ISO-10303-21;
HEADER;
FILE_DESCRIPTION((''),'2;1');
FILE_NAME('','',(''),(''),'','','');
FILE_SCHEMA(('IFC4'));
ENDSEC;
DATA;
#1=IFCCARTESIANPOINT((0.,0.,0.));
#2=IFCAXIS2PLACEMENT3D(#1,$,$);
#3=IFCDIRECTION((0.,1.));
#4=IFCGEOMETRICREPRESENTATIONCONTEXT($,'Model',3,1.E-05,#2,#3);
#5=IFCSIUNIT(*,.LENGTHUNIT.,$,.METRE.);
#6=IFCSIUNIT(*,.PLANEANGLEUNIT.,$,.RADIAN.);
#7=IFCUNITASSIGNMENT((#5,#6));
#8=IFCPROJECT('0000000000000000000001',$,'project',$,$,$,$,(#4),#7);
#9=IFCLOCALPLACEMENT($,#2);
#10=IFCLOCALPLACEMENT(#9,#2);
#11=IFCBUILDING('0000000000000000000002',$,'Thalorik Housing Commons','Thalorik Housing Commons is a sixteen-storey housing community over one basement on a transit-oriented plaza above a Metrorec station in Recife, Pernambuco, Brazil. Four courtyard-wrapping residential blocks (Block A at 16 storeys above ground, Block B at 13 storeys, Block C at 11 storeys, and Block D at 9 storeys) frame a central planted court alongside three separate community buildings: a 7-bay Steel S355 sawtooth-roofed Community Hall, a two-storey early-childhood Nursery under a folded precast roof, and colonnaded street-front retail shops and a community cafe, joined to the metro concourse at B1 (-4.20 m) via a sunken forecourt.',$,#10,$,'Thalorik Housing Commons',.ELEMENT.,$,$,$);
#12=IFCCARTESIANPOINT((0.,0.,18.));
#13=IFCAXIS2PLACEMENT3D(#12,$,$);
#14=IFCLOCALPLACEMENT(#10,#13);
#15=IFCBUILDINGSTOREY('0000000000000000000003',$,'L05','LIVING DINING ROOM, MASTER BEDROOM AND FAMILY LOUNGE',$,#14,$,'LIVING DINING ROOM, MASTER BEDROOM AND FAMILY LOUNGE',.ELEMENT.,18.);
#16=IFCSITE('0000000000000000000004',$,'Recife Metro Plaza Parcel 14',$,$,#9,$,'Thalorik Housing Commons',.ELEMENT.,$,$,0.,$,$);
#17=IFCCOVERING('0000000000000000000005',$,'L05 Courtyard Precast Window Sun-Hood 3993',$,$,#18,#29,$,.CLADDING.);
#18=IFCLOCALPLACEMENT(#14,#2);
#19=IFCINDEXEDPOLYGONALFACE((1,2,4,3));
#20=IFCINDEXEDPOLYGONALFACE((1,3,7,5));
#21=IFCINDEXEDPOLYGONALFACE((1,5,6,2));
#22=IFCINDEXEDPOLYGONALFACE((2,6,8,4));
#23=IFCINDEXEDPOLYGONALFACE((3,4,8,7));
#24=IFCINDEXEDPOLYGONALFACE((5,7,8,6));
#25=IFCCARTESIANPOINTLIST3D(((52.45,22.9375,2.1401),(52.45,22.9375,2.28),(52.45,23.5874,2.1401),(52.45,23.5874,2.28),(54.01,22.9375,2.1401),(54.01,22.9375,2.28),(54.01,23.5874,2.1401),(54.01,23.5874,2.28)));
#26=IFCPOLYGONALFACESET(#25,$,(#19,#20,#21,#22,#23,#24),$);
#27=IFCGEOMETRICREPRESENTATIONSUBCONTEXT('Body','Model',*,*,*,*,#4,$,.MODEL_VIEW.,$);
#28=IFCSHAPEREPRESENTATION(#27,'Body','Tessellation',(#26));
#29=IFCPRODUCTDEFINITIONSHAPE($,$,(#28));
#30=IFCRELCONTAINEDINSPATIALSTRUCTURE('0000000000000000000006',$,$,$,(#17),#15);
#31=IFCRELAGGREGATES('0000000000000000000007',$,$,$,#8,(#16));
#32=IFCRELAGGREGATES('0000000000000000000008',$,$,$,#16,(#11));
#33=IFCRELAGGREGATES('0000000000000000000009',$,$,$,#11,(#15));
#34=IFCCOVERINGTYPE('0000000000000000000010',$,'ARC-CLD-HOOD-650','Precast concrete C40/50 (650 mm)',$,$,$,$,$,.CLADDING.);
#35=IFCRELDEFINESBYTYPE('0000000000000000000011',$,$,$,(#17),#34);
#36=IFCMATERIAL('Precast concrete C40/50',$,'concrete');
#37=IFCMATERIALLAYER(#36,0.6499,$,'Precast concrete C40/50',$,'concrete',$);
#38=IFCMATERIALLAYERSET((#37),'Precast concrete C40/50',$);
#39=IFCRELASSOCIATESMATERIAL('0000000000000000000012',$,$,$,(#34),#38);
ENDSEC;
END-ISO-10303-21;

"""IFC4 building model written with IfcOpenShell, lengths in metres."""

from ifc_helpers import new_model, si_unit, direction, frame, origin, origin_2d, place, context, subcontext, project, spatial, rectangle, extrude, material, layer, layer_set, type_object, element, save


model = new_model("IFC4")

# Units and contexts
model_context = context("Model", 3, precision=1e-05, world=origin(), true_north=direction((0.0, 1.0)))
body_context = subcontext(model_context, "Body", "Model", "MODEL_VIEW")
ifc_project = project(units=[si_unit("LENGTHUNIT", "METRE"), si_unit("PLANEANGLEUNIT", "RADIAN")], contexts=[model_context])

# Site, building, storey
site_placement = place(None, origin())
site = spatial("IfcSite", under=ifc_project, at=site_placement, Name="Recife Metro Plaza Parcel 14", LongName="Thalorik Housing Commons", CompositionType="ELEMENT", RefElevation=0.0)
building_placement = place(site_placement, origin())
building = spatial("IfcBuilding", under=site, at=building_placement, Name="Thalorik Housing Commons", Description="Thalorik Housing Commons is a sixteen-storey housing community over one basement on a transit-oriented plaza above a Metrorec station in Recife, Pernambuco, Brazil. Four courtyard-wrapping residential blocks (Block A at 16 storeys above ground, Block B at 13 storeys, Block C at 11 storeys, and Block D at 9 storeys) frame a central planted court alongside three separate community buildings: a 7-bay Steel S355 sawtooth-roofed Community Hall, a two-storey early-childhood Nursery under a folded precast roof, and colonnaded street-front retail shops and a community cafe, joined to the metro concourse at B1 (-4.20 m) via a sunken forecourt.", LongName="Thalorik Housing Commons", CompositionType="ELEMENT")
storey_placement = place(building_placement, frame((0.0, 0.0, 18.0)))
storey = spatial("IfcBuildingStorey", under=building, at=storey_placement, Name="L05", Description="LIVING DINING ROOM, MASTER BEDROOM AND FAMILY LOUNGE", LongName="LIVING DINING ROOM, MASTER BEDROOM AND FAMILY LOUNGE", CompositionType="ELEMENT", Elevation=18.0)

# Shared definitions
ifc_material_1 = material(Name="Precast concrete C40/50", Category="concrete")

# Covering
ifc_layer_1 = layer(ifc_material_1, 0.6499, Name="Precast concrete C40/50", Category="concrete")
ifc_layer_set_1 = layer_set([ifc_layer_1], Name="Precast concrete C40/50")
covering_type_1 = type_object("IfcCoveringType", Name="ARC-CLD-HOOD-650", Description="Precast concrete C40/50 (650 mm)", PredefinedType="CLADDING", material=ifc_layer_set_1)
covering_1_placement = place(storey_placement, frame((53.23, 23.2625, 2.1401), z_axis=(0.0, 0.0, 1.0), x_axis=(-1.0, 0.0, 0.0)))
element("IfcCovering", 1, at=covering_1_placement, inside=storey, type_object=covering_type_1, Name="L05 Courtyard Precast Window Sun-Hood 3993", PredefinedType="CLADDING", context=body_context, shape_type="SweptSolid", body=[
    extrude(rectangle(XDim=1.5601, YDim=0.6499, at=origin_2d()), origin(), (0.0, 0.0, 1.0), 0.1399),
])

save(model, "model.ifc")
